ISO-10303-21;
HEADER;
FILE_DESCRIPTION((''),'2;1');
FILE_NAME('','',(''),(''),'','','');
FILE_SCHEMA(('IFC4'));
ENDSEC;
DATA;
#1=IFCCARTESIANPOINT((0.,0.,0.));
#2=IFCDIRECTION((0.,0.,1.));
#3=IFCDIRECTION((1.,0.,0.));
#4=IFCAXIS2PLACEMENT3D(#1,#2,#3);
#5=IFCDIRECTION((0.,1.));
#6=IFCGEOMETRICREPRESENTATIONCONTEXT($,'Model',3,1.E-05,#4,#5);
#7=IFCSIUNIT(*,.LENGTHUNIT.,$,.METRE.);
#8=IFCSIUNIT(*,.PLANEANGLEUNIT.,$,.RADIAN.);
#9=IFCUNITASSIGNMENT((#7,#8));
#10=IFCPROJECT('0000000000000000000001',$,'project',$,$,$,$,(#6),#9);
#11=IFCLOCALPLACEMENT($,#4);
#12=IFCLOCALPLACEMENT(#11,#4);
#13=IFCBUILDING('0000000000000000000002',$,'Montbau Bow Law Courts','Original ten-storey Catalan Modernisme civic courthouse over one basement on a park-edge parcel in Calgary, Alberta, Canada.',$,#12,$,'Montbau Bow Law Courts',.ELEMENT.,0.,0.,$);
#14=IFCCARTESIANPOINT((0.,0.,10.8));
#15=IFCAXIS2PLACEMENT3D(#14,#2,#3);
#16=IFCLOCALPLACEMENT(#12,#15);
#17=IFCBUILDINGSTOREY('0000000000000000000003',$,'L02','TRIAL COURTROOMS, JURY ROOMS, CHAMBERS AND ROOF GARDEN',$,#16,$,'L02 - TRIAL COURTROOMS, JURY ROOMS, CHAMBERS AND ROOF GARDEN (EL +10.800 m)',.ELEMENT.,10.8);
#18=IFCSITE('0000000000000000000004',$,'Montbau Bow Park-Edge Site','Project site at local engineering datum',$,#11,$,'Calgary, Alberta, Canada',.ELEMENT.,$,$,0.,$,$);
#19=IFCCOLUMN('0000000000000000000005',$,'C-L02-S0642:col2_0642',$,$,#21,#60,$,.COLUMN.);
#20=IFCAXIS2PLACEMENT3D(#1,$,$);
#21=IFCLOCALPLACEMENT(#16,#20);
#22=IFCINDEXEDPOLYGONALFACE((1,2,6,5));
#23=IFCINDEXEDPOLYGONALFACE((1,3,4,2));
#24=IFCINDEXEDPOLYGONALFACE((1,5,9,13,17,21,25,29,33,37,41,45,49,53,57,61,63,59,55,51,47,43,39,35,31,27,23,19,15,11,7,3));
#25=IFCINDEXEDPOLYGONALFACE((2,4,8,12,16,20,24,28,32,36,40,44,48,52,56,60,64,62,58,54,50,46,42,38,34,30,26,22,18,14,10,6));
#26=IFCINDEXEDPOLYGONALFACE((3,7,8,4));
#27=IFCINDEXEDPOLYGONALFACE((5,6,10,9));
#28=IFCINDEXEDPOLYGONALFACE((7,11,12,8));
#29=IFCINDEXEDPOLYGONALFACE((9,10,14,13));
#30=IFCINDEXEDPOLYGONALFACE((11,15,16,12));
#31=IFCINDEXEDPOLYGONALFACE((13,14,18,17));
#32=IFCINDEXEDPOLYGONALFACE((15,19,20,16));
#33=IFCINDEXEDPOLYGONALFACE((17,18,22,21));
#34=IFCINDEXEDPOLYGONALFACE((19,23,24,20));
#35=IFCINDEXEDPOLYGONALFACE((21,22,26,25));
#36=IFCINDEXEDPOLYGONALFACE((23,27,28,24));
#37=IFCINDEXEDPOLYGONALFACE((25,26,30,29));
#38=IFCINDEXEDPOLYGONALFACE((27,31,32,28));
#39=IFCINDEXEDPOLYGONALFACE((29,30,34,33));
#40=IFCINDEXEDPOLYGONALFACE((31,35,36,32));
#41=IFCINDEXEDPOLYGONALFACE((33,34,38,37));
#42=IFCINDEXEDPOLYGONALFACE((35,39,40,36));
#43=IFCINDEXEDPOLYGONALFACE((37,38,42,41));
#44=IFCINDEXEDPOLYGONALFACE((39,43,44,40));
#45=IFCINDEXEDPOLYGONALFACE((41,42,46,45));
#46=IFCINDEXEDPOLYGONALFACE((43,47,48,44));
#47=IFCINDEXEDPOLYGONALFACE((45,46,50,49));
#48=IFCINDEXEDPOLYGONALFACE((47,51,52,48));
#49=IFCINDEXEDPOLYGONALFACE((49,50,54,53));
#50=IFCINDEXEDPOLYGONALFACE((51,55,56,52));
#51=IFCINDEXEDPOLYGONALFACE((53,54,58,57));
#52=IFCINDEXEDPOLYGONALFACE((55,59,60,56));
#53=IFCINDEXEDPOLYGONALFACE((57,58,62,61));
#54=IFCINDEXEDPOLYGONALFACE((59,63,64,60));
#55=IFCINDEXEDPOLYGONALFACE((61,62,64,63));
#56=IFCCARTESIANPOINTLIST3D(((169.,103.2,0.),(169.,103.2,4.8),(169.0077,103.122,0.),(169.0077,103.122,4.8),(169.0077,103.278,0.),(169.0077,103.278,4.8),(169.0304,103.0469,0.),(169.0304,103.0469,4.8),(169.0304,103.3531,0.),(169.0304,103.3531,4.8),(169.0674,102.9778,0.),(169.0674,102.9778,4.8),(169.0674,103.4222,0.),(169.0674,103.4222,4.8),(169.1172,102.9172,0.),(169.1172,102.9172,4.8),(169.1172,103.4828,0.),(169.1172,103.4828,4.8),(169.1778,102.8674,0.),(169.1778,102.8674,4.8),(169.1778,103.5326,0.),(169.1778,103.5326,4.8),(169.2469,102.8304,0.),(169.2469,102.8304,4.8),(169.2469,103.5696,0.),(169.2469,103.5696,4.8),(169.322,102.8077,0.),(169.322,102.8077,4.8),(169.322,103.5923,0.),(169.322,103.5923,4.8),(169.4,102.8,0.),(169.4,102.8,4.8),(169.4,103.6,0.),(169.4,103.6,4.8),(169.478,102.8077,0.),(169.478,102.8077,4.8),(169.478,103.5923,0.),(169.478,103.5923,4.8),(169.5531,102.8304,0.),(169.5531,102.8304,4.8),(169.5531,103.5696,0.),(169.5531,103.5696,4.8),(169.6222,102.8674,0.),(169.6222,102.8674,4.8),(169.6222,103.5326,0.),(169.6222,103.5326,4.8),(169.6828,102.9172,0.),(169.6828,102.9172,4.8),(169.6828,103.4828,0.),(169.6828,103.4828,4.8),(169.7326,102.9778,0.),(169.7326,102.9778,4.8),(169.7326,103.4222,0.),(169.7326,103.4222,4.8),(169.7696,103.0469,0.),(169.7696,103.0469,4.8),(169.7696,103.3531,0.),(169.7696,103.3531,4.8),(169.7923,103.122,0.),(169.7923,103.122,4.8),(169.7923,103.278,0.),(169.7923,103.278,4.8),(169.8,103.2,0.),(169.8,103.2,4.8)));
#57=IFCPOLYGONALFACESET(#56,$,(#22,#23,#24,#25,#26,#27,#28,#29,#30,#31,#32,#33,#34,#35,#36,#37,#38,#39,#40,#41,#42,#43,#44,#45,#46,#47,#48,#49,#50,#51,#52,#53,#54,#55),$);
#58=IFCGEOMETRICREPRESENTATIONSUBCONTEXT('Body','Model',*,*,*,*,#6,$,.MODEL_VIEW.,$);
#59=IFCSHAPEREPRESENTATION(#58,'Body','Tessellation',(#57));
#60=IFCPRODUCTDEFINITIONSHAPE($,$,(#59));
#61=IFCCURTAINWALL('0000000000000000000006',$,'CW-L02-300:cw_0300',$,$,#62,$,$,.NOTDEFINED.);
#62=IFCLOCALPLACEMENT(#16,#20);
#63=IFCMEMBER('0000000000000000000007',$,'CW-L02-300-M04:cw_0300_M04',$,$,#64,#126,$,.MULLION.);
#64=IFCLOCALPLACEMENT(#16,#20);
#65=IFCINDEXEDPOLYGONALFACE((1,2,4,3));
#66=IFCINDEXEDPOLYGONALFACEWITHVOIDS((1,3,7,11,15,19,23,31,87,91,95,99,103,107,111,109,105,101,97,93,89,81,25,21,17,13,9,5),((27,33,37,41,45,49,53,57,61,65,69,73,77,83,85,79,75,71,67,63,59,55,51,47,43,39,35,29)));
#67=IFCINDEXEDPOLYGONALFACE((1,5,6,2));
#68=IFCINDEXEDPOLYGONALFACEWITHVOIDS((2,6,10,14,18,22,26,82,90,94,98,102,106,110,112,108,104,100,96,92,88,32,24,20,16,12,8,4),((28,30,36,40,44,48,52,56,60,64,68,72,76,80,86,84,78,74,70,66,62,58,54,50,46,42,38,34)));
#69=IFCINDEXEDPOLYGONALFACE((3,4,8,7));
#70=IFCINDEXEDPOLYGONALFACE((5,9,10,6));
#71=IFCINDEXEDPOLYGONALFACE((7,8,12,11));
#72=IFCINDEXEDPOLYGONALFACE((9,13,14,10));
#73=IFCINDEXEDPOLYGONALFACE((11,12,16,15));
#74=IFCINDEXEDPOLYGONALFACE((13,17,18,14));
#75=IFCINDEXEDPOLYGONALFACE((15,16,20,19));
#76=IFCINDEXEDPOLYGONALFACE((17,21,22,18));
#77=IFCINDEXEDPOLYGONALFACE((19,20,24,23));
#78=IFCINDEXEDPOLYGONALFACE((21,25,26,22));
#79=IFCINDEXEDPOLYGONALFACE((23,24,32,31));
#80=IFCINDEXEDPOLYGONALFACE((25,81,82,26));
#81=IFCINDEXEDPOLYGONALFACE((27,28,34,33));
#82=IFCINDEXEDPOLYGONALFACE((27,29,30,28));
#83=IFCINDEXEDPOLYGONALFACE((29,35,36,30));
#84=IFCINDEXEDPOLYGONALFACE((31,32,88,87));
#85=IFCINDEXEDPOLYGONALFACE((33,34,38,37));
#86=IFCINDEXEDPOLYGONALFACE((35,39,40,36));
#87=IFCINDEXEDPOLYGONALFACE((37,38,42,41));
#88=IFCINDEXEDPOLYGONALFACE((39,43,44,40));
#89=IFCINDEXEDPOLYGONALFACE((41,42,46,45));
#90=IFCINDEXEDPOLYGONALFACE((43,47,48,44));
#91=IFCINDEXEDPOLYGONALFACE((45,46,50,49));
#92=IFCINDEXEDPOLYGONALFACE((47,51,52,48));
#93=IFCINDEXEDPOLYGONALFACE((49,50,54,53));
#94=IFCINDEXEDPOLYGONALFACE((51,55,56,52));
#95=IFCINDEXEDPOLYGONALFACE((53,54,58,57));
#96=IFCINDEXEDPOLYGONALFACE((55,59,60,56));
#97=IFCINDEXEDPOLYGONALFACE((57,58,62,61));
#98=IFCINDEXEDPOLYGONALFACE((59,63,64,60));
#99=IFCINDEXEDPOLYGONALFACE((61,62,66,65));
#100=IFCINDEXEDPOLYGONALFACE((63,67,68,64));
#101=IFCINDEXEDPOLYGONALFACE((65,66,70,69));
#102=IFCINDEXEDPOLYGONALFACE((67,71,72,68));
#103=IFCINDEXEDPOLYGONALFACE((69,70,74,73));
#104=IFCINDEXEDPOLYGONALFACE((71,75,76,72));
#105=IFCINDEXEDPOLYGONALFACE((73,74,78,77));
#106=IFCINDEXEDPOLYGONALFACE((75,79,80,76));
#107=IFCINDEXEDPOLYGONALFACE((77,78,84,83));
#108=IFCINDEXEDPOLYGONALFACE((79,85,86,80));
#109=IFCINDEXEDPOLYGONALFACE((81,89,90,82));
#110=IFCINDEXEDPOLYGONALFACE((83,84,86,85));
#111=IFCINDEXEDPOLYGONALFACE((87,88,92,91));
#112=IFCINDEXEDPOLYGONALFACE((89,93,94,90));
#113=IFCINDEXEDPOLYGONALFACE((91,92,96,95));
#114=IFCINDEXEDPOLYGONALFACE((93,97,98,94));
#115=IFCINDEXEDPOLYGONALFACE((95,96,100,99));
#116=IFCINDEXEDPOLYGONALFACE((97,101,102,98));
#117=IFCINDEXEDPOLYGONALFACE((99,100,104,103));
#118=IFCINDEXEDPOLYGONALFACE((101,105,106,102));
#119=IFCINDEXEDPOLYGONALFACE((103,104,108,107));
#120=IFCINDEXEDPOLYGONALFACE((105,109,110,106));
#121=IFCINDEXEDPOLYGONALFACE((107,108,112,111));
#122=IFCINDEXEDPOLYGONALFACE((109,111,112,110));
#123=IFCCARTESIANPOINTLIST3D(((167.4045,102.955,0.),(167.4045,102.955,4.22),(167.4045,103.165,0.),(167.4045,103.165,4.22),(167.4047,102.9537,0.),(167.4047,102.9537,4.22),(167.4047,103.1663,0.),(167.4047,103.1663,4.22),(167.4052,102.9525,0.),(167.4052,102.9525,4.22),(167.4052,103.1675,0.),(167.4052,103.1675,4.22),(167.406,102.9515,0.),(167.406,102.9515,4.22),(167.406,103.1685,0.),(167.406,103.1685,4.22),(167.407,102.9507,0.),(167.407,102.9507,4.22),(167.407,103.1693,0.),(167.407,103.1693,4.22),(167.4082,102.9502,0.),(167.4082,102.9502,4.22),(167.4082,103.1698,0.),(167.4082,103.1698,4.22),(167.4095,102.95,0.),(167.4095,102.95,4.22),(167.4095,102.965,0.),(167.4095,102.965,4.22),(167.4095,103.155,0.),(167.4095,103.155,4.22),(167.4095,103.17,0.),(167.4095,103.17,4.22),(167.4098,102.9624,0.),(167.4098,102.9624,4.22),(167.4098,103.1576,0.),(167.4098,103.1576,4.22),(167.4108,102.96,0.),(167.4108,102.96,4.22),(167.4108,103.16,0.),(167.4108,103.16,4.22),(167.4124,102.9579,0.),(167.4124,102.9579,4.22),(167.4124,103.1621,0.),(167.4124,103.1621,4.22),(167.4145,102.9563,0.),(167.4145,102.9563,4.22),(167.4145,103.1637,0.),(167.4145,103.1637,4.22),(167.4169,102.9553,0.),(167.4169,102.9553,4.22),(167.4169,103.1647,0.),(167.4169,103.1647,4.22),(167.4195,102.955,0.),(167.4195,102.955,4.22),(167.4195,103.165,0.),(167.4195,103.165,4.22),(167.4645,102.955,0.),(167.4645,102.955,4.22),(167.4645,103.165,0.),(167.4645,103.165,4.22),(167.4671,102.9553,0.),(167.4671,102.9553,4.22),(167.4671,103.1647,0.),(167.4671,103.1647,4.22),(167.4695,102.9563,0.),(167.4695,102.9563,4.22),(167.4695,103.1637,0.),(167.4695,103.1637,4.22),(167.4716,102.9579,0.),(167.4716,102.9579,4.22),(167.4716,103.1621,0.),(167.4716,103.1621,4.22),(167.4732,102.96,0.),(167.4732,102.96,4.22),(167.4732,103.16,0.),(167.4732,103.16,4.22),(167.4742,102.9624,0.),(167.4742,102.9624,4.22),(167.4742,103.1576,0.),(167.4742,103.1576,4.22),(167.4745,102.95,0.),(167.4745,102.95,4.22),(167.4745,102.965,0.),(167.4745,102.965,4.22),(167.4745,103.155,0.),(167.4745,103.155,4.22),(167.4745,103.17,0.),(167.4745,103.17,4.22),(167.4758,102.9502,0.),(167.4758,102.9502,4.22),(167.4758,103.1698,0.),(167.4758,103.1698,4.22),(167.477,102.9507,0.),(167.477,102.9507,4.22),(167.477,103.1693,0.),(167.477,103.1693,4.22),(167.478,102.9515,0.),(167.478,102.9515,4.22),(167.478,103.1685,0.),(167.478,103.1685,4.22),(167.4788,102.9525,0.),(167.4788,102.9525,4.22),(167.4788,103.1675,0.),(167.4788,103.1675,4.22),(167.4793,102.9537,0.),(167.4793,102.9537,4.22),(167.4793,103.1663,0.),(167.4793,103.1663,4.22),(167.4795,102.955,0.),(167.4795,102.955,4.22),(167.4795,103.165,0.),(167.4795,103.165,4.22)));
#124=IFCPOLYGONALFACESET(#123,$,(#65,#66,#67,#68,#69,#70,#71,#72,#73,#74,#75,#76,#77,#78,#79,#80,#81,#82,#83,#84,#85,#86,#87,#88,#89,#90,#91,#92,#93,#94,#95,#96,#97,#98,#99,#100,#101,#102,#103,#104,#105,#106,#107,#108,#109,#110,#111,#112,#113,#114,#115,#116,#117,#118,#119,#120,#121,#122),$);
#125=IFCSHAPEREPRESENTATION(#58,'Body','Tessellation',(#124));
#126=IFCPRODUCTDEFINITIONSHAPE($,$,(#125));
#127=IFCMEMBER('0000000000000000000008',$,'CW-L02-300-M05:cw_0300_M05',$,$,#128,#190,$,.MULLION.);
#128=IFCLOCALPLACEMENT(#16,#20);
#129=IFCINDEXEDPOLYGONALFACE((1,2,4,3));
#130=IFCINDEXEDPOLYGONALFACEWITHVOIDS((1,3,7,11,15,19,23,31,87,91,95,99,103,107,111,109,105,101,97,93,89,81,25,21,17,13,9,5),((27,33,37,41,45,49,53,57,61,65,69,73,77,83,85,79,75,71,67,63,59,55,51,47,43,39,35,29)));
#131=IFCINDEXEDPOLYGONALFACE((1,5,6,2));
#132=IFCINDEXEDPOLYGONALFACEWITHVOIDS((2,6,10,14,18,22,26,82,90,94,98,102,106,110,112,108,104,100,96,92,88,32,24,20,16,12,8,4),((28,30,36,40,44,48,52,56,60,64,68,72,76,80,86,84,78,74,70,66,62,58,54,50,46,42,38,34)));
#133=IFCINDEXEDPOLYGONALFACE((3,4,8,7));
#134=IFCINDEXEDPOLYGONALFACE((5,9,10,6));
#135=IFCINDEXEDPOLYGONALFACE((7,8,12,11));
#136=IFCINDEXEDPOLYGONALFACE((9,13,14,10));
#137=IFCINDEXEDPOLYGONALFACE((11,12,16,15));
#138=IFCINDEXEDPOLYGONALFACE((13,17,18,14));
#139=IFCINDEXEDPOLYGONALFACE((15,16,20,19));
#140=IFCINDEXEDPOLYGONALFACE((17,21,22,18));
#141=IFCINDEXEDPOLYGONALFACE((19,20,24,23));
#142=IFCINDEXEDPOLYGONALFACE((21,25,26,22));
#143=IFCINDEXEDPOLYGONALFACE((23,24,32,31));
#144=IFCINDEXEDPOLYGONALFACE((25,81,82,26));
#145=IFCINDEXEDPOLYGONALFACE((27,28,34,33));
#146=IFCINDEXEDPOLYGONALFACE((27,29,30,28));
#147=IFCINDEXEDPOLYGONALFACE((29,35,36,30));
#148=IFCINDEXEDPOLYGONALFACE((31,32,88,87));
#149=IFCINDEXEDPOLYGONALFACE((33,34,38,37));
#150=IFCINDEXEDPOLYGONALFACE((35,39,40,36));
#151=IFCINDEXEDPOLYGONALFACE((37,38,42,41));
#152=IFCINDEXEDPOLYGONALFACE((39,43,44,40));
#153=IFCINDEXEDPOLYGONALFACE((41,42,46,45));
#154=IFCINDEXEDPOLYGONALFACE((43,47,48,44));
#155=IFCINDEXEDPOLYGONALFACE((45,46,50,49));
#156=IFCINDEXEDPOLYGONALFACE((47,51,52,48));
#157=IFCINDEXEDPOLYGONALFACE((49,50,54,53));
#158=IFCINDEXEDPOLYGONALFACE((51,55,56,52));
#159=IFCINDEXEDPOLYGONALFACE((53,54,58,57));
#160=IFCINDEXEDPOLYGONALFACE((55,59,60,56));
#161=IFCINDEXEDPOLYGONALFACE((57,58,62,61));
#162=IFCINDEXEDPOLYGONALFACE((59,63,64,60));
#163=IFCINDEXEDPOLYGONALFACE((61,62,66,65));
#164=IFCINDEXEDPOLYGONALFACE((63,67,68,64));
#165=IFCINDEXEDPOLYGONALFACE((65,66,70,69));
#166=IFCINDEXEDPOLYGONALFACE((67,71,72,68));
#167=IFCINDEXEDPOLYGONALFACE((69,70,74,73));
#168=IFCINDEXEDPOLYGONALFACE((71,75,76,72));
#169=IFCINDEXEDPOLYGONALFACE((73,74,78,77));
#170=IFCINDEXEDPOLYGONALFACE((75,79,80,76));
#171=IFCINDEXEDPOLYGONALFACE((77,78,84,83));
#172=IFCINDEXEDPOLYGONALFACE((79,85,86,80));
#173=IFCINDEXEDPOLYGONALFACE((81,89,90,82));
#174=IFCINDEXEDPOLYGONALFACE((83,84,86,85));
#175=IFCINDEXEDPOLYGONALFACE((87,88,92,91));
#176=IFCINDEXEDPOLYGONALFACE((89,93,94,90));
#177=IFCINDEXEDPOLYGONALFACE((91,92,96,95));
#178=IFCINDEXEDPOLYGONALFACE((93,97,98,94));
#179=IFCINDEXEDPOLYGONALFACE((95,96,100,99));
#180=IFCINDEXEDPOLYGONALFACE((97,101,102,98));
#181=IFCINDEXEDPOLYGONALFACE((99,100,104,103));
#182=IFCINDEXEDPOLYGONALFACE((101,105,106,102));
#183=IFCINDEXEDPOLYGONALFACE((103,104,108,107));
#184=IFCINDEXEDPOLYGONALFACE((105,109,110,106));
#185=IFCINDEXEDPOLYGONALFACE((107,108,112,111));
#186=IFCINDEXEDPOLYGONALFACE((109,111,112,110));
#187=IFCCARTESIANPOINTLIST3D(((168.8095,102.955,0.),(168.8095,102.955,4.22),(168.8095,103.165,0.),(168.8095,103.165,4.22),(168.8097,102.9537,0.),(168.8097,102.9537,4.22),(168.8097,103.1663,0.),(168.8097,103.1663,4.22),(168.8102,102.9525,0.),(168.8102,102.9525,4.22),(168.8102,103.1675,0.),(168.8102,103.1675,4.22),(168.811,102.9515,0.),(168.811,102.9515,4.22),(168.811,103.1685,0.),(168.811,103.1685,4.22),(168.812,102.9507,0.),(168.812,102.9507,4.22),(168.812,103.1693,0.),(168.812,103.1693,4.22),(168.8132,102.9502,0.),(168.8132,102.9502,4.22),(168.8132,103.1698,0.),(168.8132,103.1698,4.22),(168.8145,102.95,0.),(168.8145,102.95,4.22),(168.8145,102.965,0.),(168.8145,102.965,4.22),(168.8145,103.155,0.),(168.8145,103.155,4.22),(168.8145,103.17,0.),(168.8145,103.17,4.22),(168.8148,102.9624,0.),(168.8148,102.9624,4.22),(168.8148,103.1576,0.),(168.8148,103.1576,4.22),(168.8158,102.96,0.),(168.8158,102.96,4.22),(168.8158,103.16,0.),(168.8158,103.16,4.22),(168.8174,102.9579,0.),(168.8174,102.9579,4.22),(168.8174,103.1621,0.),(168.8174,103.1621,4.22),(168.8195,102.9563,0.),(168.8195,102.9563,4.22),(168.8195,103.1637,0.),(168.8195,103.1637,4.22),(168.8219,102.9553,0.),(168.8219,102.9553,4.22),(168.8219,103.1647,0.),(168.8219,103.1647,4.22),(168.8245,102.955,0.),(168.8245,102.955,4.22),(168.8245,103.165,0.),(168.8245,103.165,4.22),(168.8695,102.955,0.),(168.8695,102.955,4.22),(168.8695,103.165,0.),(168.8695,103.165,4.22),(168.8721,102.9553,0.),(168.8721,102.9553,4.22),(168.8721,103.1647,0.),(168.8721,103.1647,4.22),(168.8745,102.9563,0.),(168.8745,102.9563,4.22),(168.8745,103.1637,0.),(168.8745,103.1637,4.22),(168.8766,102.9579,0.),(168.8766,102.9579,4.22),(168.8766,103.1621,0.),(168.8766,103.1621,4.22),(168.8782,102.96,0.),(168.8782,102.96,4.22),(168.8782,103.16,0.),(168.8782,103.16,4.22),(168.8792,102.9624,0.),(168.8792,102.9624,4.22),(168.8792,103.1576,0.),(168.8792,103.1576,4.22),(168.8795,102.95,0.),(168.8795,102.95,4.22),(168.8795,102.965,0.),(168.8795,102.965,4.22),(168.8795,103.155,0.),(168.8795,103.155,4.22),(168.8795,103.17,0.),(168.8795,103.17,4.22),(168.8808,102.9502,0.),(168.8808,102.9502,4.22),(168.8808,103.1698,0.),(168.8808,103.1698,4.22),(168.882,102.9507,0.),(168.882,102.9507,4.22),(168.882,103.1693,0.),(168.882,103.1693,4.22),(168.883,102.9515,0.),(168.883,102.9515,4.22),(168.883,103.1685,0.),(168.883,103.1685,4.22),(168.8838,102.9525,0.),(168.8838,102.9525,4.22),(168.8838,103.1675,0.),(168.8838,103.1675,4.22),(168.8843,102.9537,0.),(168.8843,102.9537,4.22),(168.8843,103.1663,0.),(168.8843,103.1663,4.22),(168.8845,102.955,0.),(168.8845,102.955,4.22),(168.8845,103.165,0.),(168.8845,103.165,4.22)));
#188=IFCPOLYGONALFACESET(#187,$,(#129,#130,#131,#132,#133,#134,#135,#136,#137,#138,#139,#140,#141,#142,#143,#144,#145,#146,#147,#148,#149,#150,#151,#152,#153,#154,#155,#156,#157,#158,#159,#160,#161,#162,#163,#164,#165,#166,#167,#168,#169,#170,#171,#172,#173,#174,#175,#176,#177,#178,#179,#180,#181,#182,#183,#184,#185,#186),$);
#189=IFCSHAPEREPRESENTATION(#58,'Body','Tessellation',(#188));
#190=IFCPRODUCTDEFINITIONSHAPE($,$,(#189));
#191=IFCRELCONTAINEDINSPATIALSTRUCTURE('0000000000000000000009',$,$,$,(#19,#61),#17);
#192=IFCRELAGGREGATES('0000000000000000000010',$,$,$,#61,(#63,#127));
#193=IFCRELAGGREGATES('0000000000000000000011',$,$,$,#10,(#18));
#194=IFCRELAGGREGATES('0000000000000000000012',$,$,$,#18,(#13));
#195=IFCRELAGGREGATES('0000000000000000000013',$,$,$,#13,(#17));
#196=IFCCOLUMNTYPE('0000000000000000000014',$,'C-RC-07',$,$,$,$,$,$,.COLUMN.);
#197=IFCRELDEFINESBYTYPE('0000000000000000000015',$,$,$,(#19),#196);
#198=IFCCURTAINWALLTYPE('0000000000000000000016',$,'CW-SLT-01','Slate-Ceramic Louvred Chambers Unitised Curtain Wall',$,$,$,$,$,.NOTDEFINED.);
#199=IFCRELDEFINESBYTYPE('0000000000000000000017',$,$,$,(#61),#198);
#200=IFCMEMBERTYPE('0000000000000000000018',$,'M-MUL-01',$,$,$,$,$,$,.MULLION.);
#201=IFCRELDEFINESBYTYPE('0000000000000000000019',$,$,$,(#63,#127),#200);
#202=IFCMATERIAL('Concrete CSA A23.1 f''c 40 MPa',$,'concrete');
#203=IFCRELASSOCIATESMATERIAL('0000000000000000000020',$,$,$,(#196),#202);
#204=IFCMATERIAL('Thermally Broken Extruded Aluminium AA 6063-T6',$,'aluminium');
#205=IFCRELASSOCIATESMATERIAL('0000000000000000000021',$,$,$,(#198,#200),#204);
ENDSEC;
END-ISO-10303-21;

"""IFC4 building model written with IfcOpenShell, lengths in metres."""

from ifc_helpers import new_model, si_unit, direction, frame, origin_with_axes, origin_2d_with_axis, place, context, subcontext, project, spatial, hollow_rectangle, circle, extrude, material, material_profile, profile_set, type_object, element, aggregate, save


model = new_model("IFC4")

# Units and contexts
model_context = context("Model", 3, precision=1e-05, world=origin_with_axes(), true_north=direction((0.0, 1.0)))
body_context = subcontext(model_context, "Body", "Model", "MODEL_VIEW")
ifc_project = project(units=[si_unit("LENGTHUNIT", "METRE"), si_unit("PLANEANGLEUNIT", "RADIAN")], contexts=[model_context])

# Site, building, storey
site_placement = place(None, origin_with_axes())
site = spatial("IfcSite", under=ifc_project, at=site_placement, Name="Montbau Bow Park-Edge Site", Description="Project site at local engineering datum", LongName="Calgary, Alberta, Canada", CompositionType="ELEMENT", RefElevation=0.0)
building_placement = place(site_placement, origin_with_axes())
building = spatial("IfcBuilding", under=site, at=building_placement, Name="Montbau Bow Law Courts", Description="Original ten-storey Catalan Modernisme civic courthouse over one basement on a park-edge parcel in Calgary, Alberta, Canada.", LongName="Montbau Bow Law Courts", CompositionType="ELEMENT", ElevationOfRefHeight=0.0, ElevationOfTerrain=0.0)
storey_placement = place(building_placement, frame((0.0, 0.0, 10.8), z_axis=(0.0, 0.0, 1.0), x_axis=(1.0, 0.0, 0.0)))
storey = spatial("IfcBuildingStorey", under=building, at=storey_placement, Name="L02", Description="TRIAL COURTROOMS, JURY ROOMS, CHAMBERS AND ROOF GARDEN", LongName="L02 - TRIAL COURTROOMS, JURY ROOMS, CHAMBERS AND ROOF GARDEN (EL +10.800 m)", CompositionType="ELEMENT", Elevation=10.8)

# Column
ifc_material_1 = material(Name="Concrete CSA A23.1 f'c 40 MPa", Category="concrete")
ifc_material_profile_1 = material_profile(ifc_material_1, circle(Radius=0.4, at=origin_2d_with_axis()), Name="RC800D", Category="Main", Priority=0)
ifc_profile_set_1 = profile_set([ifc_material_profile_1], Name="Concrete CSA A23.1 f'c 40 MPa")
column_type = type_object("IfcColumnType", Name="C-RC-07", PredefinedType="COLUMN", material=ifc_profile_set_1)
column_placement = place(None, frame((169.4, 103.2, 10.8), z_axis=(0.0, 0.0, 1.0), x_axis=(1.0, 0.0, 0.0)))
element("IfcColumn", 1, at=column_placement, inside=storey, type_object=column_type, Name="C-L02-S0642:col2_0642", PredefinedType="COLUMN", context=body_context, shape_type="SweptSolid", body=[
    extrude(circle(Radius=0.4, at=origin_2d_with_axis()), origin_with_axes(), (0.0, 0.0, 1.0), 4.8),
])

# Curtain wall, members
ifc_material_2 = material(Name="Thermally Broken Extruded Aluminium AA 6063-T6", Category="aluminium")
curtain_wall_type = type_object("IfcCurtainWallType", Name="CW-SLT-01", Description="Slate-Ceramic Louvred Chambers Unitised Curtain Wall", PredefinedType="NOTDEFINED", material=ifc_material_2)
curtain_wall_1_placement = place(None, frame((163.115, 103.06, 10.8), z_axis=(0.0, 0.0, 1.0), x_axis=(1.0, 0.0, 0.0)))
curtain_wall_1 = element("IfcCurtainWall", 2, at=curtain_wall_1_placement, inside=storey, type_object=curtain_wall_type, Name="CW-L02-300:cw_0300", PredefinedType="NOTDEFINED")
ifc_material_profile_2 = material_profile(ifc_material_2, hollow_rectangle(XDim=0.075, YDim=0.22, WallThickness=0.005, InnerFilletRadius=0.01, OuterFilletRadius=0.005, at=origin_2d_with_axis()), Name="CWM-220X75", Category="Main", Priority=0)
ifc_profile_set_2 = profile_set([ifc_material_profile_2], Name="Thermally Broken Extruded Aluminium AA 6063-T6")
member_type_1 = type_object("IfcMemberType", Name="M-MUL-01", PredefinedType="MULLION", material=ifc_profile_set_2)
member_1_placement = place(None, frame((167.442, 103.06, 10.8), z_axis=(0.0, 0.0, 1.0), x_axis=(1.0, 0.0, 0.0)))
member_1 = element("IfcMember", 3, at=member_1_placement, type_object=member_type_1, Name="CW-L02-300-M04:cw_0300_M04", PredefinedType="MULLION", context=body_context, shape_type="SweptSolid", body=[
    extrude(hollow_rectangle(XDim=0.075, YDim=0.22, WallThickness=0.005, InnerFilletRadius=0.01, OuterFilletRadius=0.005, at=origin_2d_with_axis()), origin_with_axes(), (0.0, 0.0, 1.0), 4.22),
])
member_2_placement = place(None, frame((168.847, 103.06, 10.8), z_axis=(0.0, 0.0, 1.0), x_axis=(1.0, 0.0, 0.0)))
member_2 = element("IfcMember", 4, at=member_2_placement, type_object=member_type_1, Name="CW-L02-300-M05:cw_0300_M05", PredefinedType="MULLION", context=body_context, shape_type="SweptSolid", body=[
    extrude(hollow_rectangle(XDim=0.075, YDim=0.22, WallThickness=0.005, InnerFilletRadius=0.01, OuterFilletRadius=0.005, at=origin_2d_with_axis()), origin_with_axes(), (0.0, 0.0, 1.0), 4.22),
])

aggregate(curtain_wall_1, [member_1, member_2])

save(model, "model.ifc")
